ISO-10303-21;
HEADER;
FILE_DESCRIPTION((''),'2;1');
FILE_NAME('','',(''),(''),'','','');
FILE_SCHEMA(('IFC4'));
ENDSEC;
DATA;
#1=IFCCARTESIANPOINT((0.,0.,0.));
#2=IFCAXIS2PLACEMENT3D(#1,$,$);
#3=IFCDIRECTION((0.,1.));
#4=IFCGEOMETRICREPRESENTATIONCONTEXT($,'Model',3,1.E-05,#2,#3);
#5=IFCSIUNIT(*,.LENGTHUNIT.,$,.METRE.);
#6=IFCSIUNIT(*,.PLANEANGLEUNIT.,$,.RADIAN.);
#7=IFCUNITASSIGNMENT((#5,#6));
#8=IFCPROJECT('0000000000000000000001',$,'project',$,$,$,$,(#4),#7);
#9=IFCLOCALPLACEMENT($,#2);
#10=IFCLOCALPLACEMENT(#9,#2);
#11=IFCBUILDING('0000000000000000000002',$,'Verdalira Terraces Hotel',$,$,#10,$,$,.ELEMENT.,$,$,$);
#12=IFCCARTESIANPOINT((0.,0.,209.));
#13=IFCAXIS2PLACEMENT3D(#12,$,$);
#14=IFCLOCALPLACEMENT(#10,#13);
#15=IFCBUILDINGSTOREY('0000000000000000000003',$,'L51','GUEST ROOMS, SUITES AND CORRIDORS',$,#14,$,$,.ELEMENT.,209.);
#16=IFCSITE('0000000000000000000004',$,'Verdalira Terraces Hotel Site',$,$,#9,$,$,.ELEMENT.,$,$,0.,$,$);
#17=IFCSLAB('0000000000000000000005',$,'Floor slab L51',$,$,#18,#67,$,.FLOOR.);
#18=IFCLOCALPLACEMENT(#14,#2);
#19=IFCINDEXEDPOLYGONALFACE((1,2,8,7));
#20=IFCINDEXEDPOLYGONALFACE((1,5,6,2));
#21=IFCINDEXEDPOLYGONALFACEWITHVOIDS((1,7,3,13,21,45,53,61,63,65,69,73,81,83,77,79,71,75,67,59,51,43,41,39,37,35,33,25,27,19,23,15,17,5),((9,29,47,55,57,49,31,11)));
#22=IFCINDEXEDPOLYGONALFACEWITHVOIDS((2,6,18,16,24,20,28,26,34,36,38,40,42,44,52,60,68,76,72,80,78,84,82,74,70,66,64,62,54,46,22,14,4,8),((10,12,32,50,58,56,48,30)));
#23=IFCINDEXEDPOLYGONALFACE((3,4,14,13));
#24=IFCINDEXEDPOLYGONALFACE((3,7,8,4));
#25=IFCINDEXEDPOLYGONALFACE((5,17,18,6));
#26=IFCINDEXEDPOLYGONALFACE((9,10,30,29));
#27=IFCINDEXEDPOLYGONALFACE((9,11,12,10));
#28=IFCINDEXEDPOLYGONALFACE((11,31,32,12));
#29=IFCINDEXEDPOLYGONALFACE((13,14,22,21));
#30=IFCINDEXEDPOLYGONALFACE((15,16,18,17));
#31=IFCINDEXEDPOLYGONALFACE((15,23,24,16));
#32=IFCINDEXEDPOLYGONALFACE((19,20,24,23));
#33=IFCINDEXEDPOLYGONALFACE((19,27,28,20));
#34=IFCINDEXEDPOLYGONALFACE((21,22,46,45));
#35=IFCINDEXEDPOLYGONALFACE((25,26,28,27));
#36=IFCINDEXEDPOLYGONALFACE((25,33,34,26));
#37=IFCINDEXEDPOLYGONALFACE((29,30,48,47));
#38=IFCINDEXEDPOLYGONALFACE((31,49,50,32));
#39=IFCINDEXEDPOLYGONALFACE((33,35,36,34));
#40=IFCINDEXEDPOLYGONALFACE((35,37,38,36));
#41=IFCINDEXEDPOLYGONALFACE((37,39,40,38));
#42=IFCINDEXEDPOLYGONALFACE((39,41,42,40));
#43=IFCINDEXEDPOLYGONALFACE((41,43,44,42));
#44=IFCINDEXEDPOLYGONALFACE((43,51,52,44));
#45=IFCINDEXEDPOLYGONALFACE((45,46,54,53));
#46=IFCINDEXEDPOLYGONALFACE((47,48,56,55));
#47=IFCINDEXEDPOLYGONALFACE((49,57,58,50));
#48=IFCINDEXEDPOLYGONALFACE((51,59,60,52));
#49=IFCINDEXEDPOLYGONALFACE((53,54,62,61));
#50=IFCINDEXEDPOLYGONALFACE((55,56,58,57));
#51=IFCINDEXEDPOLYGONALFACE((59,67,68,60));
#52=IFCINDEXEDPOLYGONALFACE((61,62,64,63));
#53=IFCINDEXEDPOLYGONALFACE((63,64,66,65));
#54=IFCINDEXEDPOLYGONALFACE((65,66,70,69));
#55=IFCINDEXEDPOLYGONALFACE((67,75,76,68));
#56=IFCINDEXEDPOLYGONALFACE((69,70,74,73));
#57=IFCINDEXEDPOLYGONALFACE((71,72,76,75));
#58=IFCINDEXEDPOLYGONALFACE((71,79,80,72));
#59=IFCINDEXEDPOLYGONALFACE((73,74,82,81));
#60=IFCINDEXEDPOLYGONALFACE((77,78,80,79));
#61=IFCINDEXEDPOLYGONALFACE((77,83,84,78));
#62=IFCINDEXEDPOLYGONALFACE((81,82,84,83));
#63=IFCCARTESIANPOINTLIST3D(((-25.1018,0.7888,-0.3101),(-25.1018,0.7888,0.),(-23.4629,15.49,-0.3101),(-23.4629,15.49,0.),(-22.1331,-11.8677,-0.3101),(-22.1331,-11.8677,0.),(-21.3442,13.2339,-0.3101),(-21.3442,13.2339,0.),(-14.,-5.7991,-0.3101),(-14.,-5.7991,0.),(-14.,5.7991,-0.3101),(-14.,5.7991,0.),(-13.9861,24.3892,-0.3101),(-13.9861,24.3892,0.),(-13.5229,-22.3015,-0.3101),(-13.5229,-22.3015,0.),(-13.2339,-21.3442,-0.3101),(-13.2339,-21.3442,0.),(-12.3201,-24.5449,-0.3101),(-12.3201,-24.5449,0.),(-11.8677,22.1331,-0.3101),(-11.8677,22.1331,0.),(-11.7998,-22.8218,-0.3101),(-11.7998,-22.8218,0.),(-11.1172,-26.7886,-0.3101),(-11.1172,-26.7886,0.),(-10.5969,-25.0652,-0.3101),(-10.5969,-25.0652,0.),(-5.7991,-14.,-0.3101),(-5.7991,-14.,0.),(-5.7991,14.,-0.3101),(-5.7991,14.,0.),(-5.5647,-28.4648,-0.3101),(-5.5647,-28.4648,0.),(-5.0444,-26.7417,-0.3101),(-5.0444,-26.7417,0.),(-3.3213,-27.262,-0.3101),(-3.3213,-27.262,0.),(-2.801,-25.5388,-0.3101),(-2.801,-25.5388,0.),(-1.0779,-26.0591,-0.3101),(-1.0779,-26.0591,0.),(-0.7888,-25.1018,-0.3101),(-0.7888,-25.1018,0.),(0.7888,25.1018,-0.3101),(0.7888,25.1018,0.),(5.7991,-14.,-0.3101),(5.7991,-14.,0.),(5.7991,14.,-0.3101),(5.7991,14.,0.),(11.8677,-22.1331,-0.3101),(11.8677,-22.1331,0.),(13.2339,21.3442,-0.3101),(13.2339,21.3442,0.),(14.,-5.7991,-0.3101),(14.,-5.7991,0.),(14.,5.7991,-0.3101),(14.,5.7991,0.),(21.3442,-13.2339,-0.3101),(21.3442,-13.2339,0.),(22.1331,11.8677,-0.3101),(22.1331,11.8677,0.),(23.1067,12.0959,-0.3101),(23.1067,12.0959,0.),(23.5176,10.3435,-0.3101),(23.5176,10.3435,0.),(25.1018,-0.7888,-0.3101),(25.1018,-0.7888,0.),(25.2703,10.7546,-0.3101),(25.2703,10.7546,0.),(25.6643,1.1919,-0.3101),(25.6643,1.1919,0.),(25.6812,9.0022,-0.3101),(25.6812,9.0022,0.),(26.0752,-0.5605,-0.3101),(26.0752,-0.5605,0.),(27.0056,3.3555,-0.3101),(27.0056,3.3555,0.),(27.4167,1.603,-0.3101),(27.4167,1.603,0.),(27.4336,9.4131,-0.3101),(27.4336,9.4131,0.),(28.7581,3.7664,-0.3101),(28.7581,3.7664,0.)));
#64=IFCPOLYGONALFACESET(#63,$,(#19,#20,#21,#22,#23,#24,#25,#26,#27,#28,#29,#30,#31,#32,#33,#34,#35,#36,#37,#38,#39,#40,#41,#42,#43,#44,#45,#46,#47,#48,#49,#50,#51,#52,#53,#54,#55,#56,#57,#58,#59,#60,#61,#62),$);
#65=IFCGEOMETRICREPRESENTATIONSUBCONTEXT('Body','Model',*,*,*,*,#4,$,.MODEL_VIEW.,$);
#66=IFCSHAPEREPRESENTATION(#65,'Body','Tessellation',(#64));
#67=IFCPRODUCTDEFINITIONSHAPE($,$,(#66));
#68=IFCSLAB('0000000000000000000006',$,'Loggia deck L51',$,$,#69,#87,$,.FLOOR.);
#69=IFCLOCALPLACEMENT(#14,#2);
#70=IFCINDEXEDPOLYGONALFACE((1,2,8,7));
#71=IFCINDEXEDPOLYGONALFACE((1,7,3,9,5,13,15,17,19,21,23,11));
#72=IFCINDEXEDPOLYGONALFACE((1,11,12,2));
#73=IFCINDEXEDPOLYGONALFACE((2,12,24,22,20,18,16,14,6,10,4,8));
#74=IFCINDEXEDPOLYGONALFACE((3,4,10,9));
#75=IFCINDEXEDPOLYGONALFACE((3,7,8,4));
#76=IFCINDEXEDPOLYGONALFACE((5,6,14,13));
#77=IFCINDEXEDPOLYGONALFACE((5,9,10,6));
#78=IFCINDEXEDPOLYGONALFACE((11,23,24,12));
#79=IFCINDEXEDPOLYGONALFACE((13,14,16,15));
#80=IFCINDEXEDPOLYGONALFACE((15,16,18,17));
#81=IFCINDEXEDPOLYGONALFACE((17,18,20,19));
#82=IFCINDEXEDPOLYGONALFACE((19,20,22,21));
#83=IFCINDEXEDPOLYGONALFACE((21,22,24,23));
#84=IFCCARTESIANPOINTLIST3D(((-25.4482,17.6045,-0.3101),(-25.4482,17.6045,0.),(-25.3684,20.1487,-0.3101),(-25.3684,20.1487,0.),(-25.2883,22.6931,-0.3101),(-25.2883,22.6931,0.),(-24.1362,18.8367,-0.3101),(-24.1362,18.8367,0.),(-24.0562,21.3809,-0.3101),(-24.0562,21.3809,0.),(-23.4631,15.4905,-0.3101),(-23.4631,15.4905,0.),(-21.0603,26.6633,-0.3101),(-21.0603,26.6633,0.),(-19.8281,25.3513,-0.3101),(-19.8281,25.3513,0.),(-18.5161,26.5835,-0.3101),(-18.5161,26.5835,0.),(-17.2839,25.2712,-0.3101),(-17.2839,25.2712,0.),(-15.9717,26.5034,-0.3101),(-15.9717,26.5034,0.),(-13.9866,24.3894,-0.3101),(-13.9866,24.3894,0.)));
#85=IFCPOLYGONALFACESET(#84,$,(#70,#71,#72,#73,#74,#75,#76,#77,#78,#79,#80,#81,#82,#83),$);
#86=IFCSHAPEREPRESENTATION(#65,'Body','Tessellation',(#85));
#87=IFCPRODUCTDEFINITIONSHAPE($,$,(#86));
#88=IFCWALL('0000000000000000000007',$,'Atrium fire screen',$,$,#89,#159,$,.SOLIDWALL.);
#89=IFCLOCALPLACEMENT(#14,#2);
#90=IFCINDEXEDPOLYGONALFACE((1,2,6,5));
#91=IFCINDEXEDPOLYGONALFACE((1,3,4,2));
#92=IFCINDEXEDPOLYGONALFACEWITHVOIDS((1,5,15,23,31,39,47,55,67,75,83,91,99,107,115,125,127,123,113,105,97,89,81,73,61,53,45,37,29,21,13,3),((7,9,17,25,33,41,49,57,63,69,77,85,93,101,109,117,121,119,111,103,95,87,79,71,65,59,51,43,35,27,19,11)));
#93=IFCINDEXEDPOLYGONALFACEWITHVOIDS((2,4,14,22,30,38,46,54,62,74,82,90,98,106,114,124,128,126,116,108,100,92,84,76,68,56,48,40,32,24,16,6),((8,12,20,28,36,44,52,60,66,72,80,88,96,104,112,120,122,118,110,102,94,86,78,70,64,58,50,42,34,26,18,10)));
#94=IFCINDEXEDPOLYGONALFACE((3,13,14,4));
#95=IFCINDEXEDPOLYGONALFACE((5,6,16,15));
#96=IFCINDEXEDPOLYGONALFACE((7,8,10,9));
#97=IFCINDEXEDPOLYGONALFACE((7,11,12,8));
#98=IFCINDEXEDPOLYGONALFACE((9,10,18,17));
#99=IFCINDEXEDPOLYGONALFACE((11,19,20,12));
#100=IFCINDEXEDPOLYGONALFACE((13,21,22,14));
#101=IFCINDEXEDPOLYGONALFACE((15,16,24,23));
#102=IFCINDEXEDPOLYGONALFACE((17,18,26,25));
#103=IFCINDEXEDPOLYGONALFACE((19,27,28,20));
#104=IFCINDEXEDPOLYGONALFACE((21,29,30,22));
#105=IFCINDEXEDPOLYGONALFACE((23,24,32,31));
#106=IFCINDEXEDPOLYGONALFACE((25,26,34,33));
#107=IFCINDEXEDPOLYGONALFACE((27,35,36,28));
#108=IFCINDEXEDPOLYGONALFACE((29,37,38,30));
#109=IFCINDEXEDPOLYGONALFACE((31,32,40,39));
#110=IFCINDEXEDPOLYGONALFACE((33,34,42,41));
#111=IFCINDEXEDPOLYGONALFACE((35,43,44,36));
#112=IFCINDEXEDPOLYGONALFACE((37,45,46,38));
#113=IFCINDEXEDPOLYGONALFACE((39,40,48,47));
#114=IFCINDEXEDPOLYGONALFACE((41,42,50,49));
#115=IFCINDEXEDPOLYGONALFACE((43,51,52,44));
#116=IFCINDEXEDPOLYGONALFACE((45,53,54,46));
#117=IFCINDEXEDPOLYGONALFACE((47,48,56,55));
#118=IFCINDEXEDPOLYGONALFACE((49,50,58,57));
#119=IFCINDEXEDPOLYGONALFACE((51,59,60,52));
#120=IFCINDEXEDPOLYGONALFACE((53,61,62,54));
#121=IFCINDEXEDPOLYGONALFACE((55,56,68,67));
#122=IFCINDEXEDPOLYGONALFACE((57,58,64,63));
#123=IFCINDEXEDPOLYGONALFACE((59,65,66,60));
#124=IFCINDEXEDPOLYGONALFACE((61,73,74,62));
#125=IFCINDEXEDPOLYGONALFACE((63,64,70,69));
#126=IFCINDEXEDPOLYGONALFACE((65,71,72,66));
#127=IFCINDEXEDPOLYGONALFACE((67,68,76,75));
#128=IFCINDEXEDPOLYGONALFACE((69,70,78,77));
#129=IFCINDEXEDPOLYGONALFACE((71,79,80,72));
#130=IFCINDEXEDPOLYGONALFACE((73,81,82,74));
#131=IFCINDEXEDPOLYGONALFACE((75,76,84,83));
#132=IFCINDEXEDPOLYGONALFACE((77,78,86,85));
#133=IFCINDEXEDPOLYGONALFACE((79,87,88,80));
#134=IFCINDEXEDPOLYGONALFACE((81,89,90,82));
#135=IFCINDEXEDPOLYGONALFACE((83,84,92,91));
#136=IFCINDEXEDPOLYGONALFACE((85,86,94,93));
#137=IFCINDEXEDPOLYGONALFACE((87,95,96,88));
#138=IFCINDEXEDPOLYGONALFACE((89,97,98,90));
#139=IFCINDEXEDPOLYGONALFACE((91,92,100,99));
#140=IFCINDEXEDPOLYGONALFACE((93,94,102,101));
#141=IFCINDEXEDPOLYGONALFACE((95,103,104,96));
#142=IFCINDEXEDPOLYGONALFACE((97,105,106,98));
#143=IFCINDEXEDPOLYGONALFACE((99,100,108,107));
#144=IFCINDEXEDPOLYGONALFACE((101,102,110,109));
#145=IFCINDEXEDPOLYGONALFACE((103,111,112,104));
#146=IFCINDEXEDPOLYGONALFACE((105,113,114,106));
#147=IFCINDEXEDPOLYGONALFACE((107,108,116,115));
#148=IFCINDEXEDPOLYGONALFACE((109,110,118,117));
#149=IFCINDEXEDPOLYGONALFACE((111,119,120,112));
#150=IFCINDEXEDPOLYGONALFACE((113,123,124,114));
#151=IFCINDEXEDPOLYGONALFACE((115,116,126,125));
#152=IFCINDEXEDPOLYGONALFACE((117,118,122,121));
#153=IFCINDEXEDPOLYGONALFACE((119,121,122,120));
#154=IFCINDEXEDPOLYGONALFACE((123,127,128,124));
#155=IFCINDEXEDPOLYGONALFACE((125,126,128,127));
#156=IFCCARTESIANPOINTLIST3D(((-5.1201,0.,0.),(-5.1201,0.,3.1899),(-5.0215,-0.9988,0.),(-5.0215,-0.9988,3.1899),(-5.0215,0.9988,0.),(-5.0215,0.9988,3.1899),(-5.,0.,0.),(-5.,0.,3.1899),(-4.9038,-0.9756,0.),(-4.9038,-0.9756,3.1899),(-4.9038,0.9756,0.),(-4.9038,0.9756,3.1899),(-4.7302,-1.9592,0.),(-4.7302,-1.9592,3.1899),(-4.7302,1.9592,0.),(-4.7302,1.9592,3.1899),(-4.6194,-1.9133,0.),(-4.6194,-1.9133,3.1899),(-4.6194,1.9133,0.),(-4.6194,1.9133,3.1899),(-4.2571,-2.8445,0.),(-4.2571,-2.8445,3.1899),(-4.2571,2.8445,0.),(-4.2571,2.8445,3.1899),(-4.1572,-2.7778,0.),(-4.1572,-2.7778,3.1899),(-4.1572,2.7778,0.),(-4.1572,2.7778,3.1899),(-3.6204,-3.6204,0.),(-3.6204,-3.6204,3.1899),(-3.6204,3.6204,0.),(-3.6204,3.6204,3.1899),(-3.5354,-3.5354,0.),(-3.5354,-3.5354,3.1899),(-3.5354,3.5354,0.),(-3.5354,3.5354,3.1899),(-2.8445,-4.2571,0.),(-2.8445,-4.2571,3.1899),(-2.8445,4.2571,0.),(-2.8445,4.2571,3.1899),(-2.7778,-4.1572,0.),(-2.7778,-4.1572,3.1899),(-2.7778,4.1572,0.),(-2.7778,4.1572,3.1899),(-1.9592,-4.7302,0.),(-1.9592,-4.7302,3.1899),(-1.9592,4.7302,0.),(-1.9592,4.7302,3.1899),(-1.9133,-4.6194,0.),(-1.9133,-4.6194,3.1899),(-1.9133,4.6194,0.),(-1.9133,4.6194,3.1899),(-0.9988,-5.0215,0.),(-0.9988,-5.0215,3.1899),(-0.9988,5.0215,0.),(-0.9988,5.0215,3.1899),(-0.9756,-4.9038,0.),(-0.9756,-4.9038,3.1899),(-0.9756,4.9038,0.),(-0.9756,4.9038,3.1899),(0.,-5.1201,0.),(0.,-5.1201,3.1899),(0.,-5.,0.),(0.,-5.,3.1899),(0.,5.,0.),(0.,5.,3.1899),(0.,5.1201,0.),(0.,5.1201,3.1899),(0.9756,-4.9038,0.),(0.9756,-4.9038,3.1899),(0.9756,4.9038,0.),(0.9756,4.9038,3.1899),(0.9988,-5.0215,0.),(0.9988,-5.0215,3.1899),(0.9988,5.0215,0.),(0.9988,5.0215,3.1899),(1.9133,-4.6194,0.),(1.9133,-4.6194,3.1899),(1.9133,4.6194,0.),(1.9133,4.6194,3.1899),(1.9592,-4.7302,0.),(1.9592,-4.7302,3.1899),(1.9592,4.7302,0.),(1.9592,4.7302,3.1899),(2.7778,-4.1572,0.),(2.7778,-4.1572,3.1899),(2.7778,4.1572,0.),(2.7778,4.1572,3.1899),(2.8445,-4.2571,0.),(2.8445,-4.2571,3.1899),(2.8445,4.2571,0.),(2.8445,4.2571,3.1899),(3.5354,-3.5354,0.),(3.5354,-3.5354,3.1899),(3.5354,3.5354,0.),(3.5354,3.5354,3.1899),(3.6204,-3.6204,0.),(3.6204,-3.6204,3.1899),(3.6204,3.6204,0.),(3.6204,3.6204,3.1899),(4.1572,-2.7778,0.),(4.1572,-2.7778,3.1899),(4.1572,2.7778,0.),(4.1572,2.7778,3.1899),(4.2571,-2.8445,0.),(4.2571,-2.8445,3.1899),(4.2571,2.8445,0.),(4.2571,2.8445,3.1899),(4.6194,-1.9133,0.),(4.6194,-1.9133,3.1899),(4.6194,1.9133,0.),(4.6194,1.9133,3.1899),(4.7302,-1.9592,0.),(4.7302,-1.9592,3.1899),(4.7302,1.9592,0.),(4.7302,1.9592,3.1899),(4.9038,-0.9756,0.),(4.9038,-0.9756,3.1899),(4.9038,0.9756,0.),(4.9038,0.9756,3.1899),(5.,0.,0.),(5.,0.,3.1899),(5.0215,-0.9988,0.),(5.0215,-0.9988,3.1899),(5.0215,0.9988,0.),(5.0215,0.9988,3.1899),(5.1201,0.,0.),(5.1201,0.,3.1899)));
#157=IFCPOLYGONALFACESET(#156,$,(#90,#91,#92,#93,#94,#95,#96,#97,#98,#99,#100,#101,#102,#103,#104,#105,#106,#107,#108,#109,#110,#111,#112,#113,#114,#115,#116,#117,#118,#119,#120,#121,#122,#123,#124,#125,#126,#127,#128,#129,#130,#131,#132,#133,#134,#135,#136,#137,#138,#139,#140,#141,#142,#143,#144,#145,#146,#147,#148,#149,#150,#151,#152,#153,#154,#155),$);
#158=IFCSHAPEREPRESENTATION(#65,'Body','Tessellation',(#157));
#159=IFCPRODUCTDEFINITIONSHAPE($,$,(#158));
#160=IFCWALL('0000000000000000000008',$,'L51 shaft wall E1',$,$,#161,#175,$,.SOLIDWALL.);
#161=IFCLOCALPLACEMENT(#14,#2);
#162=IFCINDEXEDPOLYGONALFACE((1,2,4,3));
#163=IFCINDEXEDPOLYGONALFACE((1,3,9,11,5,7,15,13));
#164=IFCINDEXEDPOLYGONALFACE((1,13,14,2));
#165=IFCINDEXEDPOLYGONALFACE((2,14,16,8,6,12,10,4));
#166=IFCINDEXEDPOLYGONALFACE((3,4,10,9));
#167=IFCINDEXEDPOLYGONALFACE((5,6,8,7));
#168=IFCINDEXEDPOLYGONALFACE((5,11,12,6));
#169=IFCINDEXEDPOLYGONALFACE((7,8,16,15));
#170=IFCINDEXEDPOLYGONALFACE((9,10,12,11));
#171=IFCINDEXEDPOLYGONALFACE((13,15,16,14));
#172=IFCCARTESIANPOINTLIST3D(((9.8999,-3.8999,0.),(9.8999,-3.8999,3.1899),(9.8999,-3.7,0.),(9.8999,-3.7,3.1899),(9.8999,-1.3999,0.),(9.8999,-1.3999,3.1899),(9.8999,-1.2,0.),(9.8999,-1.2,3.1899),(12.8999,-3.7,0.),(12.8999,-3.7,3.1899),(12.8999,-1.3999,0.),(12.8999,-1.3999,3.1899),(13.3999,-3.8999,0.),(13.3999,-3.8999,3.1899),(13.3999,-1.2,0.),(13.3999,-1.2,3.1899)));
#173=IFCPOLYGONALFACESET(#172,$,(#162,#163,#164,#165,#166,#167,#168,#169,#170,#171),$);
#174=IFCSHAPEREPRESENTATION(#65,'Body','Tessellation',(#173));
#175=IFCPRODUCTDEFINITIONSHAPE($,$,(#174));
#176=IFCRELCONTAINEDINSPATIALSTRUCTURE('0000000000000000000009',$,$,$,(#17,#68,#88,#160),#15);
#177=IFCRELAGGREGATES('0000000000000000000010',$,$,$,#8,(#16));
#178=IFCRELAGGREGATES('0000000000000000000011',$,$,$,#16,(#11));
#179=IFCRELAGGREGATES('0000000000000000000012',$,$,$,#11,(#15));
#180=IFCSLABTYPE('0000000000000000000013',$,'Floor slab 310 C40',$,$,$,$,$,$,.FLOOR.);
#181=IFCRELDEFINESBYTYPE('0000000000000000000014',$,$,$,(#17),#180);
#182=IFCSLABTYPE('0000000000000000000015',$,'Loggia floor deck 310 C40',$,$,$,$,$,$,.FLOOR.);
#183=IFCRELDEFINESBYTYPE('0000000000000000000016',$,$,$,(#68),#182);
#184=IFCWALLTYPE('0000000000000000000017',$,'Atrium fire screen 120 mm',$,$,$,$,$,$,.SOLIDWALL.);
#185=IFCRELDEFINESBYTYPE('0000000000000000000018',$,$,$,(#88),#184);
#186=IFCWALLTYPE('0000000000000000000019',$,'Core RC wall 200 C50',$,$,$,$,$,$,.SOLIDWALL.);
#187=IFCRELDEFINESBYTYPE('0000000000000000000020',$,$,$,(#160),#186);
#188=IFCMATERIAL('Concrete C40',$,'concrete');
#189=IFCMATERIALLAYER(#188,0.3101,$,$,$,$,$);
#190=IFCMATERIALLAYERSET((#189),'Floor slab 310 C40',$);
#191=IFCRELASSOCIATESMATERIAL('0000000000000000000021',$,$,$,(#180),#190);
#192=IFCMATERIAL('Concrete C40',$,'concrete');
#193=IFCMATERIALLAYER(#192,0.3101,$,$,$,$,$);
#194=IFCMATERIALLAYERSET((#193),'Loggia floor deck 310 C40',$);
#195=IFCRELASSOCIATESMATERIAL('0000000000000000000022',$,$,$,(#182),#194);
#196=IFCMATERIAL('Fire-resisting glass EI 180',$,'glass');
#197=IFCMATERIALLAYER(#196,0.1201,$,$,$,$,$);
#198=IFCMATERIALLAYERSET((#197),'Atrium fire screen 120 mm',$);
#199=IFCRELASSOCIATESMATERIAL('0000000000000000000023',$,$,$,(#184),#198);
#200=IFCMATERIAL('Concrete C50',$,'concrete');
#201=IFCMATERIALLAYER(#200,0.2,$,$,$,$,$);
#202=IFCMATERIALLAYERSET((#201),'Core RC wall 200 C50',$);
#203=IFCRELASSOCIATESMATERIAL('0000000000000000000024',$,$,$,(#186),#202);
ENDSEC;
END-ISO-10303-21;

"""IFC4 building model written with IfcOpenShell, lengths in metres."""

from ifc_helpers import new_model, si_unit, direction, frame, origin, place, context, subcontext, project, spatial, polyline, outline, extrude, material, layer, layer_set, type_object, element, save


model = new_model("IFC4")

# Units and contexts
model_context = context("Model", 3, precision=1e-05, world=origin(), true_north=direction((0.0, 1.0)))
body_context = subcontext(model_context, "Body", "Model", "MODEL_VIEW")
ifc_project = project(units=[si_unit("LENGTHUNIT", "METRE"), si_unit("PLANEANGLEUNIT", "RADIAN")], contexts=[model_context])

# Site, building, storey
site_placement = place(None, origin())
site = spatial("IfcSite", under=ifc_project, at=site_placement, Name="Verdalira Terraces Hotel Site", CompositionType="ELEMENT", RefElevation=0.0)
building_placement = place(site_placement, origin())
building = spatial("IfcBuilding", under=site, at=building_placement, Name="Verdalira Terraces Hotel", CompositionType="ELEMENT")
storey_placement = place(building_placement, frame((0.0, 0.0, 209.0)))
storey = spatial("IfcBuildingStorey", under=building, at=storey_placement, Name="L51", Description="GUEST ROOMS, SUITES AND CORRIDORS", CompositionType="ELEMENT", Elevation=209.0)

# Slabs
ifc_material_1 = material(Name="Concrete C40", Category="concrete")
ifc_layer_1 = layer(ifc_material_1, 0.3101)
ifc_layer_set_1 = layer_set([ifc_layer_1], Name="Floor slab 310 C40")
slab_type_1 = type_object("IfcSlabType", Name="Floor slab 310 C40", PredefinedType="FLOOR", material=ifc_layer_set_1)
slab_1_placement = place(storey_placement, frame((0.0, 0.0, -0.3101)))
element("IfcSlab", 1, at=slab_1_placement, inside=storey, type_object=slab_type_1, Name="Floor slab L51", PredefinedType="FLOOR", context=body_context, shape_type="SweptSolid", body=[
    extrude(outline(polyline([(0.7888, 25.1018), (-11.8677, 22.1331), (-13.9861, 24.3892), (-23.4629, 15.49), (-21.3442, 13.2339), (-25.1018, 0.7888), (-22.1331, -11.8677), (-13.2339, -21.3442), (-13.5229, -22.3015), (-11.7998, -22.8218), (-12.3201, -24.5449), (-10.5969, -25.0652), (-11.1172, -26.7886), (-5.5647, -28.4648), (-5.0444, -26.7417), (-3.3213, -27.262), (-2.801, -25.5388), (-1.0779, -26.0591), (-0.7888, -25.1018), (11.8677, -22.1331), (21.3442, -13.2339), (25.1018, -0.7888), (26.0752, -0.5605), (25.6643, 1.1919), (27.4167, 1.603), (27.0056, 3.3555), (28.7581, 3.7664), (27.4336, 9.4131), (25.6812, 9.0022), (25.2703, 10.7546), (23.5176, 10.3435), (23.1067, 12.0959), (22.1331, 11.8677), (13.2339, 21.3442), (0.7888, 25.1018)]), holes=[polyline([(5.7991, 14.0), (14.0, 5.7991), (14.0, -5.7991), (5.7991, -14.0), (-5.7991, -14.0), (-14.0, -5.7991), (-14.0, 5.7991), (-5.7991, 14.0), (5.7991, 14.0)])]), origin(), (0.0, 0.0, 1.0), 0.3101),
])
ifc_material_2 = material(Name="Concrete C40", Category="concrete")
ifc_layer_2 = layer(ifc_material_2, 0.3101)
ifc_layer_set_2 = layer_set([ifc_layer_2], Name="Loggia floor deck 310 C40")
slab_type_2 = type_object("IfcSlabType", Name="Loggia floor deck 310 C40", PredefinedType="FLOOR", material=ifc_layer_set_2)
slab_2_placement = place(storey_placement, frame((0.0, 0.0, -0.3101)))
element("IfcSlab", 2, at=slab_2_placement, inside=storey, type_object=slab_type_2, Name="Loggia deck L51", PredefinedType="FLOOR", context=body_context, shape_type="SweptSolid", body=[
    extrude(outline(polyline([(-25.4482, 17.6045), (-23.4631, 15.4905), (-13.9866, 24.3894), (-15.9717, 26.5034), (-17.2839, 25.2712), (-18.5161, 26.5835), (-19.8281, 25.3513), (-21.0603, 26.6633), (-25.2883, 22.6931), (-24.0562, 21.3809), (-25.3684, 20.1487), (-24.1362, 18.8367), (-25.4482, 17.6045)])), origin(), (0.0, 0.0, 1.0), 0.3101),
])

# Walls
ifc_material_3 = material(Name="Fire-resisting glass EI 180", Category="glass")
ifc_layer_3 = layer(ifc_material_3, 0.1201)
ifc_layer_set_3 = layer_set([ifc_layer_3], Name="Atrium fire screen 120 mm")
wall_type_1 = type_object("IfcWallType", Name="Atrium fire screen 120 mm", PredefinedType="SOLIDWALL", material=ifc_layer_set_3)
wall_1_placement = place(storey_placement, origin())
element("IfcWall", 3, at=wall_1_placement, inside=storey, type_object=wall_type_1, Name="Atrium fire screen", PredefinedType="SOLIDWALL", context=body_context, shape_type="SweptSolid", body=[
    extrude(outline(polyline([(5.0215, -0.9988), (4.7302, -1.9592), (4.2571, -2.8445), (3.6204, -3.6204), (2.8445, -4.2571), (1.9592, -4.7302), (0.9988, -5.0215), (0.0, -5.1201), (-0.9988, -5.0215), (-1.9592, -4.7302), (-2.8445, -4.2571), (-3.6204, -3.6204), (-4.2571, -2.8445), (-4.7302, -1.9592), (-5.0215, -0.9988), (-5.1201, 0.0), (-5.0215, 0.9988), (-4.7302, 1.9592), (-4.2571, 2.8445), (-3.6204, 3.6204), (-2.8445, 4.2571), (-1.9592, 4.7302), (-0.9988, 5.0215), (0.0, 5.1201), (0.9988, 5.0215), (1.9592, 4.7302), (2.8445, 4.2571), (3.6204, 3.6204), (4.2571, 2.8445), (4.7302, 1.9592), (5.0215, 0.9988), (5.1201, 0.0), (5.0215, -0.9988)]), holes=[polyline([(4.9038, 0.9756), (4.6194, 1.9133), (4.1572, 2.7778), (3.5354, 3.5354), (2.7778, 4.1572), (1.9133, 4.6194), (0.9756, 4.9038), (0.0, 5.0), (-0.9756, 4.9038), (-1.9133, 4.6194), (-2.7778, 4.1572), (-3.5354, 3.5354), (-4.1572, 2.7778), (-4.6194, 1.9133), (-4.9038, 0.9756), (-5.0, 0.0), (-4.9038, -0.9756), (-4.6194, -1.9133), (-4.1572, -2.7778), (-3.5354, -3.5354), (-2.7778, -4.1572), (-1.9133, -4.6194), (-0.9756, -4.9038), (0.0, -5.0), (0.9756, -4.9038), (1.9133, -4.6194), (2.7778, -4.1572), (3.5354, -3.5354), (4.1572, -2.7778), (4.6194, -1.9133), (4.9038, -0.9756), (5.0, 0.0), (4.9038, 0.9756)])]), origin(), (0.0, 0.0, 1.0), 3.1899),
])
ifc_material_4 = material(Name="Concrete C50", Category="concrete")
ifc_layer_4 = layer(ifc_material_4, 0.2)
ifc_layer_set_4 = layer_set([ifc_layer_4], Name="Core RC wall 200 C50")
wall_type_2 = type_object("IfcWallType", Name="Core RC wall 200 C50", PredefinedType="SOLIDWALL", material=ifc_layer_set_4)
wall_2_placement = place(storey_placement, origin())
element("IfcWall", 4, at=wall_2_placement, inside=storey, type_object=wall_type_2, Name="L51 shaft wall E1", PredefinedType="SOLIDWALL", context=body_context, shape_type="SweptSolid", body=[
    extrude(outline(polyline([(13.3999, -3.8999), (9.8999, -3.8999), (9.8999, -3.7), (12.8999, -3.7), (12.8999, -1.3999), (9.8999, -1.3999), (9.8999, -1.2), (13.3999, -1.2), (13.3999, -3.8999)])), origin(), (0.0, 0.0, 1.0), 3.1899),
])

save(model, "model.ifc")
